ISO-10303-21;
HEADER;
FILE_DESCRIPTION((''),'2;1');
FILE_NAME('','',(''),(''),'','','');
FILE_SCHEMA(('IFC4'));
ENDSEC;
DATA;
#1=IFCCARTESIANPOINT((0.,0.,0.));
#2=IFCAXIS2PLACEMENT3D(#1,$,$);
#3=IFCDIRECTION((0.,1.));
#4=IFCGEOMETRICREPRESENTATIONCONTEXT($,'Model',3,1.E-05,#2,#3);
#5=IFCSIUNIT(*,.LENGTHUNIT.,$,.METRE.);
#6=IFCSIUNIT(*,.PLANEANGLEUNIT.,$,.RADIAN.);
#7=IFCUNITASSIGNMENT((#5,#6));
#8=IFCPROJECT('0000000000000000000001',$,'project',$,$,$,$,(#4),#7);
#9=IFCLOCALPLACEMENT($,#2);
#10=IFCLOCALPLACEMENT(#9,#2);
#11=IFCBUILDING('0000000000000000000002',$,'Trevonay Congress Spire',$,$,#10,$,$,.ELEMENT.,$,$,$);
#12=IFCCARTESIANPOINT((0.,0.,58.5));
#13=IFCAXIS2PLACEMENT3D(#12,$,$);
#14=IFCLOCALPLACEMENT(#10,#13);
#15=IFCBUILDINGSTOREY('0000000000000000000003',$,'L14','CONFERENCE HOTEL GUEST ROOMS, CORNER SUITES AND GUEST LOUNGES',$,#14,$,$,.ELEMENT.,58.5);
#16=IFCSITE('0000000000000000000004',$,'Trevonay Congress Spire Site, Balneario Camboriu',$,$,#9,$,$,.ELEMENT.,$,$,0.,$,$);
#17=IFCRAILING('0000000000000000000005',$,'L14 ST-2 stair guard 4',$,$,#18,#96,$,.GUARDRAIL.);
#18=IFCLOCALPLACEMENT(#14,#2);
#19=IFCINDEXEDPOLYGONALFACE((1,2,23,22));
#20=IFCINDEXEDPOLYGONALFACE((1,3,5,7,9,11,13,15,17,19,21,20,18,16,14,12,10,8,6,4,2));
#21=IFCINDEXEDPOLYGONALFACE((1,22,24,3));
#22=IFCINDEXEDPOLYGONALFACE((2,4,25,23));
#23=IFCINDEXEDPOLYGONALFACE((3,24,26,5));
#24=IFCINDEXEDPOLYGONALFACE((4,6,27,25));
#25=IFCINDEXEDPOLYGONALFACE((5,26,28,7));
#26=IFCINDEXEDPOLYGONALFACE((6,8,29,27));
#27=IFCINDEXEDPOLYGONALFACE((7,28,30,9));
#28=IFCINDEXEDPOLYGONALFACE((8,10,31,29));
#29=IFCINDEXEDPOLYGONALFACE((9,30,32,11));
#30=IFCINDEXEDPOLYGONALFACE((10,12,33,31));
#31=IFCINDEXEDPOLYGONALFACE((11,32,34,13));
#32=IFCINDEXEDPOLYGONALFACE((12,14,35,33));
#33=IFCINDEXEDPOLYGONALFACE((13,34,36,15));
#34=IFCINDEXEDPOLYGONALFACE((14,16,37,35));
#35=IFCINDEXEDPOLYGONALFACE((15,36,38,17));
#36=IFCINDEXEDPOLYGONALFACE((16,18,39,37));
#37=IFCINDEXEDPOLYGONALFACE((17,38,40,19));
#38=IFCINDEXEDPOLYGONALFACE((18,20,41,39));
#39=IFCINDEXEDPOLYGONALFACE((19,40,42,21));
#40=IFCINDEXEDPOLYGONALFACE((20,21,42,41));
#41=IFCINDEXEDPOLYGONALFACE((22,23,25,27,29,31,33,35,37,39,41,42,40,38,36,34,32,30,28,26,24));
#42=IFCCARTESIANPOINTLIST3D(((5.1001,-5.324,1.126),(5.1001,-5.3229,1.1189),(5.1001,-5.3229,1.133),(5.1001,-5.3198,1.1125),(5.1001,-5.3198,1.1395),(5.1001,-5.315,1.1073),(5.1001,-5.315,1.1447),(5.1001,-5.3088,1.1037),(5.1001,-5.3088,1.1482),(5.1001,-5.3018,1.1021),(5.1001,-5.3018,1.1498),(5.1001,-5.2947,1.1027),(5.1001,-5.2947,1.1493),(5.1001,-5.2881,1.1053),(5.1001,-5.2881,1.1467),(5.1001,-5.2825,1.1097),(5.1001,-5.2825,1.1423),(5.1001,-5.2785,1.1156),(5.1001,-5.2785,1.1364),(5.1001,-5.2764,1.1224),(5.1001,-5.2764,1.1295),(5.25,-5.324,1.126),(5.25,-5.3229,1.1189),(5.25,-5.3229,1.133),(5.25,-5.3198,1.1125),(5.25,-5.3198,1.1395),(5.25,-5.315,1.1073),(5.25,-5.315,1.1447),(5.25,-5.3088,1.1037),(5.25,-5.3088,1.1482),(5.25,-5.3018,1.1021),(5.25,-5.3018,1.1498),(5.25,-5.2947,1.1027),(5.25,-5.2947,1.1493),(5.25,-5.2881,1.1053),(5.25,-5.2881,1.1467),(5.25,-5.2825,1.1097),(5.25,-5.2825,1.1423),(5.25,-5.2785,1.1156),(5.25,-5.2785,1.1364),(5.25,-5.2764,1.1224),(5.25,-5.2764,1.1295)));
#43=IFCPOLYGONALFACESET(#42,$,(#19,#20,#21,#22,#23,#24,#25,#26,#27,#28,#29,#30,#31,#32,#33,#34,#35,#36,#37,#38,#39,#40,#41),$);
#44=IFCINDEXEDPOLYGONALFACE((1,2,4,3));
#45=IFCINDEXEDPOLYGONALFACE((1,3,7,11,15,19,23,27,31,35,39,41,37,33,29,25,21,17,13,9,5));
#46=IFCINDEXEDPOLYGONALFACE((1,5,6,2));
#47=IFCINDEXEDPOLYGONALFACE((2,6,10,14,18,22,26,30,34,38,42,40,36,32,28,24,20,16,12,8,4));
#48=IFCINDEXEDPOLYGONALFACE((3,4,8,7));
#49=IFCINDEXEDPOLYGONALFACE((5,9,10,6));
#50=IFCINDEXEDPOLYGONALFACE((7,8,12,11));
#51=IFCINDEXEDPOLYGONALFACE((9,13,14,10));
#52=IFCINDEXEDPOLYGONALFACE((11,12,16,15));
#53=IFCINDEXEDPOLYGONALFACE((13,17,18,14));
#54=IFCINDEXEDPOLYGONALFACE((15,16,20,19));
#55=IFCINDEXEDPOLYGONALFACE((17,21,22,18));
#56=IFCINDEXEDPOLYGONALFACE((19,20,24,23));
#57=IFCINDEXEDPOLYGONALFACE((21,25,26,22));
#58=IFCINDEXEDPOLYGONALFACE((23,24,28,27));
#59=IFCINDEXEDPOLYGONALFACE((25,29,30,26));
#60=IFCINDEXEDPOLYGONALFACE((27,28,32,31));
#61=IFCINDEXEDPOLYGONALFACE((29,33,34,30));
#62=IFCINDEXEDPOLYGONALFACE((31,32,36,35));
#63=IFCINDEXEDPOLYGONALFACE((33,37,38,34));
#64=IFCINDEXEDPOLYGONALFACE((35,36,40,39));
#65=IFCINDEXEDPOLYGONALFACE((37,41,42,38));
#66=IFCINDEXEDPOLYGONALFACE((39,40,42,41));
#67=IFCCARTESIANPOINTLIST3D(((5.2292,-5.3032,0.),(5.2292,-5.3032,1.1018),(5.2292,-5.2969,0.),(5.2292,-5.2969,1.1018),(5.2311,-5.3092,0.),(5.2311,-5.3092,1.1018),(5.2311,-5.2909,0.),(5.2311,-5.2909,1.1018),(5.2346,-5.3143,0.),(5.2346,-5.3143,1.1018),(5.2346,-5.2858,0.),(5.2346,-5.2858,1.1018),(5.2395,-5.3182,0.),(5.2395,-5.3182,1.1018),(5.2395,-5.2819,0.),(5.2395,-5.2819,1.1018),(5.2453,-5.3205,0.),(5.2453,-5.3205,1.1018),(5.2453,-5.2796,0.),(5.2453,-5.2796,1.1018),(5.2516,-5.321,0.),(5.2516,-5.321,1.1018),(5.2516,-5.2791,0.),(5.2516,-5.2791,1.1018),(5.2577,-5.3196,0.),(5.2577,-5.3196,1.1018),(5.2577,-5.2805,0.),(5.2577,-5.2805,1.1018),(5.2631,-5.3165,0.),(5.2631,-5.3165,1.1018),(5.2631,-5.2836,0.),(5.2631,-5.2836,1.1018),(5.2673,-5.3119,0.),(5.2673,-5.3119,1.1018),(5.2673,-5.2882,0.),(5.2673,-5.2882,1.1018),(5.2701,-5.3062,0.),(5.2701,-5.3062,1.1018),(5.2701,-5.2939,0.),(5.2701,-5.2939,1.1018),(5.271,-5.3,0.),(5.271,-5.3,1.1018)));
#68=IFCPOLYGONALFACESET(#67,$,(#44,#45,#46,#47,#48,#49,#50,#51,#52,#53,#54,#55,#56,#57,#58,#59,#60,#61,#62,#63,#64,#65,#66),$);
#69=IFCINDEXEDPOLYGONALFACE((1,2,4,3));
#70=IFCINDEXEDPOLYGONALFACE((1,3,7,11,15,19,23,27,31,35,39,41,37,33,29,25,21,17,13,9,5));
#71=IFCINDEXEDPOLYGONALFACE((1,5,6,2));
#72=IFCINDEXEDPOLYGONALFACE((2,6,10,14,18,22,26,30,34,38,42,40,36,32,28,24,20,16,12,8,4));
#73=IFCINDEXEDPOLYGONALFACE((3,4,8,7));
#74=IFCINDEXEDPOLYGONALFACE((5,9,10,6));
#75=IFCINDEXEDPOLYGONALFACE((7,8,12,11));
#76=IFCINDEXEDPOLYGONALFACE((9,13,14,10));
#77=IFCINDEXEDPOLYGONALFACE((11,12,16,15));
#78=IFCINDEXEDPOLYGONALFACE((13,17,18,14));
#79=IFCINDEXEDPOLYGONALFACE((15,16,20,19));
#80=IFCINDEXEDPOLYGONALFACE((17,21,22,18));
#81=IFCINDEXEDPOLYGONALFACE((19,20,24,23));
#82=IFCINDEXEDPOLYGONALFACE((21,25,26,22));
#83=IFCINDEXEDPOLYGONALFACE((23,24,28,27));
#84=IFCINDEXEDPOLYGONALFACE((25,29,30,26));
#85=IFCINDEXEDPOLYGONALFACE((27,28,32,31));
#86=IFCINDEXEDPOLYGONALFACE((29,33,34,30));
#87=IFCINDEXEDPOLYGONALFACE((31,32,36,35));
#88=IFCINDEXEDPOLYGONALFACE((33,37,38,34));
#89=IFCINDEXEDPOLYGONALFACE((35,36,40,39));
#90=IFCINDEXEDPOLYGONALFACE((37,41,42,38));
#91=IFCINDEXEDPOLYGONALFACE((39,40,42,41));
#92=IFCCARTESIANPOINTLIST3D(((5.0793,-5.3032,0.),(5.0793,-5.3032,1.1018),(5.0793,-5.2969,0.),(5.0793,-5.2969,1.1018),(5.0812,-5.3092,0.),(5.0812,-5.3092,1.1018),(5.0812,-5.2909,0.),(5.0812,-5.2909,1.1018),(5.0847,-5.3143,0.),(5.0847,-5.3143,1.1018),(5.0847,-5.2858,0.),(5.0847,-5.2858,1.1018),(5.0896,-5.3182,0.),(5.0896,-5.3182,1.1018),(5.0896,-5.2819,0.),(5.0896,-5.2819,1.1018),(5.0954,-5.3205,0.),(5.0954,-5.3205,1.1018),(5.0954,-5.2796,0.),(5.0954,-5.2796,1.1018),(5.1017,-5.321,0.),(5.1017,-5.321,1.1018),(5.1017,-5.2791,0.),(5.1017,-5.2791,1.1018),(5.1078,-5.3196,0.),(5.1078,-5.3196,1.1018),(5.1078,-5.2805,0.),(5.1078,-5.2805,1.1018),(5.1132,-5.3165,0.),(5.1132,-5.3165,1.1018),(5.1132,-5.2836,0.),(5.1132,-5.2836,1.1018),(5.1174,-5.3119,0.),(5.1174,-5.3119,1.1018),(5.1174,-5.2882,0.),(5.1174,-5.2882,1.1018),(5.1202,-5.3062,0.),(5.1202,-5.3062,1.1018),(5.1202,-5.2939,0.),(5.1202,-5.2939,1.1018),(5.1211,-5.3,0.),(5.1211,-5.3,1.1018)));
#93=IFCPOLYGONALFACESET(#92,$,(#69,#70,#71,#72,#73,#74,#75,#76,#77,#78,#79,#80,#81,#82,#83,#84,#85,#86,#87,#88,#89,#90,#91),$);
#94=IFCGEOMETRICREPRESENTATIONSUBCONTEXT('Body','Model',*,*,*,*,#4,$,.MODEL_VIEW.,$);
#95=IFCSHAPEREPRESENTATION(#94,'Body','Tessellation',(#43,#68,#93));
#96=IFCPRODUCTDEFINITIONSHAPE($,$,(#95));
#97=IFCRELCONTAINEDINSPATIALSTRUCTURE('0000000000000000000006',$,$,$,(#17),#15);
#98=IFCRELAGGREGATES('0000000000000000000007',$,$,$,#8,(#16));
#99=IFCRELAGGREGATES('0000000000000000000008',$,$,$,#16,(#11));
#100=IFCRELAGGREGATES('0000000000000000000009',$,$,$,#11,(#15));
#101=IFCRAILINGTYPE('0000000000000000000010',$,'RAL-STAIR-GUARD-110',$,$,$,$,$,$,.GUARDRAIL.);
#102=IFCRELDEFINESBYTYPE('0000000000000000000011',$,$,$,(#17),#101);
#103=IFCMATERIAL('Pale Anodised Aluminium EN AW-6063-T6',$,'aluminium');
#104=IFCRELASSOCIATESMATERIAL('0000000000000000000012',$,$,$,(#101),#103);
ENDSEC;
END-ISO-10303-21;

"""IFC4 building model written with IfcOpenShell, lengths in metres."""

from ifc_helpers import new_model, si_unit, direction, frame, origin, origin_2d, place, context, subcontext, project, spatial, circle, extrude, material, type_object, element, save


model = new_model("IFC4")

# Units and contexts
model_context = context("Model", 3, precision=1e-05, world=origin(), true_north=direction((0.0, 1.0)))
body_context = subcontext(model_context, "Body", "Model", "MODEL_VIEW")
ifc_project = project(units=[si_unit("LENGTHUNIT", "METRE"), si_unit("PLANEANGLEUNIT", "RADIAN")], contexts=[model_context])

# Site, building, storey
site_placement = place(None, origin())
site = spatial("IfcSite", under=ifc_project, at=site_placement, Name="Trevonay Congress Spire Site, Balneario Camboriu", CompositionType="ELEMENT", RefElevation=0.0)
building_placement = place(site_placement, origin())
building = spatial("IfcBuilding", under=site, at=building_placement, Name="Trevonay Congress Spire", CompositionType="ELEMENT")
storey_placement = place(building_placement, frame((0.0, 0.0, 58.5)))
storey = spatial("IfcBuildingStorey", under=building, at=storey_placement, Name="L14", Description="CONFERENCE HOTEL GUEST ROOMS, CORNER SUITES AND GUEST LOUNGES", CompositionType="ELEMENT", Elevation=58.5)

# Railing
ifc_material_1 = material(Name="Pale Anodised Aluminium EN AW-6063-T6", Category="aluminium")
railing_type_1 = type_object("IfcRailingType", Name="RAL-STAIR-GUARD-110", PredefinedType="GUARDRAIL", material=ifc_material_1)
railing_1_placement = place(storey_placement, frame((5.25, -5.3, 0.0)))
element("IfcRailing", 1, at=railing_1_placement, inside=storey, type_object=railing_type_1, Name="L14 ST-2 stair guard 4", PredefinedType="GUARDRAIL", context=body_context, shape_type="SweptSolid", body=[
    extrude(circle(Radius=0.0239, at=origin_2d()), frame((0.0, 0.0, 1.126), z_axis=(-1.0, 0.0, 0.0), x_axis=(0.0, -1.0, 0.0)), (0.0, 0.0, 1.0), 0.1499),
    extrude(circle(Radius=0.021, at=origin_2d()), origin(), (0.0, 0.0, 1.0), 1.1018),
    extrude(circle(Radius=0.021, at=origin_2d()), frame((-0.1499, 0.0, 0.0)), (0.0, 0.0, 1.0), 1.1018),
])

save(model, "model.ifc")
